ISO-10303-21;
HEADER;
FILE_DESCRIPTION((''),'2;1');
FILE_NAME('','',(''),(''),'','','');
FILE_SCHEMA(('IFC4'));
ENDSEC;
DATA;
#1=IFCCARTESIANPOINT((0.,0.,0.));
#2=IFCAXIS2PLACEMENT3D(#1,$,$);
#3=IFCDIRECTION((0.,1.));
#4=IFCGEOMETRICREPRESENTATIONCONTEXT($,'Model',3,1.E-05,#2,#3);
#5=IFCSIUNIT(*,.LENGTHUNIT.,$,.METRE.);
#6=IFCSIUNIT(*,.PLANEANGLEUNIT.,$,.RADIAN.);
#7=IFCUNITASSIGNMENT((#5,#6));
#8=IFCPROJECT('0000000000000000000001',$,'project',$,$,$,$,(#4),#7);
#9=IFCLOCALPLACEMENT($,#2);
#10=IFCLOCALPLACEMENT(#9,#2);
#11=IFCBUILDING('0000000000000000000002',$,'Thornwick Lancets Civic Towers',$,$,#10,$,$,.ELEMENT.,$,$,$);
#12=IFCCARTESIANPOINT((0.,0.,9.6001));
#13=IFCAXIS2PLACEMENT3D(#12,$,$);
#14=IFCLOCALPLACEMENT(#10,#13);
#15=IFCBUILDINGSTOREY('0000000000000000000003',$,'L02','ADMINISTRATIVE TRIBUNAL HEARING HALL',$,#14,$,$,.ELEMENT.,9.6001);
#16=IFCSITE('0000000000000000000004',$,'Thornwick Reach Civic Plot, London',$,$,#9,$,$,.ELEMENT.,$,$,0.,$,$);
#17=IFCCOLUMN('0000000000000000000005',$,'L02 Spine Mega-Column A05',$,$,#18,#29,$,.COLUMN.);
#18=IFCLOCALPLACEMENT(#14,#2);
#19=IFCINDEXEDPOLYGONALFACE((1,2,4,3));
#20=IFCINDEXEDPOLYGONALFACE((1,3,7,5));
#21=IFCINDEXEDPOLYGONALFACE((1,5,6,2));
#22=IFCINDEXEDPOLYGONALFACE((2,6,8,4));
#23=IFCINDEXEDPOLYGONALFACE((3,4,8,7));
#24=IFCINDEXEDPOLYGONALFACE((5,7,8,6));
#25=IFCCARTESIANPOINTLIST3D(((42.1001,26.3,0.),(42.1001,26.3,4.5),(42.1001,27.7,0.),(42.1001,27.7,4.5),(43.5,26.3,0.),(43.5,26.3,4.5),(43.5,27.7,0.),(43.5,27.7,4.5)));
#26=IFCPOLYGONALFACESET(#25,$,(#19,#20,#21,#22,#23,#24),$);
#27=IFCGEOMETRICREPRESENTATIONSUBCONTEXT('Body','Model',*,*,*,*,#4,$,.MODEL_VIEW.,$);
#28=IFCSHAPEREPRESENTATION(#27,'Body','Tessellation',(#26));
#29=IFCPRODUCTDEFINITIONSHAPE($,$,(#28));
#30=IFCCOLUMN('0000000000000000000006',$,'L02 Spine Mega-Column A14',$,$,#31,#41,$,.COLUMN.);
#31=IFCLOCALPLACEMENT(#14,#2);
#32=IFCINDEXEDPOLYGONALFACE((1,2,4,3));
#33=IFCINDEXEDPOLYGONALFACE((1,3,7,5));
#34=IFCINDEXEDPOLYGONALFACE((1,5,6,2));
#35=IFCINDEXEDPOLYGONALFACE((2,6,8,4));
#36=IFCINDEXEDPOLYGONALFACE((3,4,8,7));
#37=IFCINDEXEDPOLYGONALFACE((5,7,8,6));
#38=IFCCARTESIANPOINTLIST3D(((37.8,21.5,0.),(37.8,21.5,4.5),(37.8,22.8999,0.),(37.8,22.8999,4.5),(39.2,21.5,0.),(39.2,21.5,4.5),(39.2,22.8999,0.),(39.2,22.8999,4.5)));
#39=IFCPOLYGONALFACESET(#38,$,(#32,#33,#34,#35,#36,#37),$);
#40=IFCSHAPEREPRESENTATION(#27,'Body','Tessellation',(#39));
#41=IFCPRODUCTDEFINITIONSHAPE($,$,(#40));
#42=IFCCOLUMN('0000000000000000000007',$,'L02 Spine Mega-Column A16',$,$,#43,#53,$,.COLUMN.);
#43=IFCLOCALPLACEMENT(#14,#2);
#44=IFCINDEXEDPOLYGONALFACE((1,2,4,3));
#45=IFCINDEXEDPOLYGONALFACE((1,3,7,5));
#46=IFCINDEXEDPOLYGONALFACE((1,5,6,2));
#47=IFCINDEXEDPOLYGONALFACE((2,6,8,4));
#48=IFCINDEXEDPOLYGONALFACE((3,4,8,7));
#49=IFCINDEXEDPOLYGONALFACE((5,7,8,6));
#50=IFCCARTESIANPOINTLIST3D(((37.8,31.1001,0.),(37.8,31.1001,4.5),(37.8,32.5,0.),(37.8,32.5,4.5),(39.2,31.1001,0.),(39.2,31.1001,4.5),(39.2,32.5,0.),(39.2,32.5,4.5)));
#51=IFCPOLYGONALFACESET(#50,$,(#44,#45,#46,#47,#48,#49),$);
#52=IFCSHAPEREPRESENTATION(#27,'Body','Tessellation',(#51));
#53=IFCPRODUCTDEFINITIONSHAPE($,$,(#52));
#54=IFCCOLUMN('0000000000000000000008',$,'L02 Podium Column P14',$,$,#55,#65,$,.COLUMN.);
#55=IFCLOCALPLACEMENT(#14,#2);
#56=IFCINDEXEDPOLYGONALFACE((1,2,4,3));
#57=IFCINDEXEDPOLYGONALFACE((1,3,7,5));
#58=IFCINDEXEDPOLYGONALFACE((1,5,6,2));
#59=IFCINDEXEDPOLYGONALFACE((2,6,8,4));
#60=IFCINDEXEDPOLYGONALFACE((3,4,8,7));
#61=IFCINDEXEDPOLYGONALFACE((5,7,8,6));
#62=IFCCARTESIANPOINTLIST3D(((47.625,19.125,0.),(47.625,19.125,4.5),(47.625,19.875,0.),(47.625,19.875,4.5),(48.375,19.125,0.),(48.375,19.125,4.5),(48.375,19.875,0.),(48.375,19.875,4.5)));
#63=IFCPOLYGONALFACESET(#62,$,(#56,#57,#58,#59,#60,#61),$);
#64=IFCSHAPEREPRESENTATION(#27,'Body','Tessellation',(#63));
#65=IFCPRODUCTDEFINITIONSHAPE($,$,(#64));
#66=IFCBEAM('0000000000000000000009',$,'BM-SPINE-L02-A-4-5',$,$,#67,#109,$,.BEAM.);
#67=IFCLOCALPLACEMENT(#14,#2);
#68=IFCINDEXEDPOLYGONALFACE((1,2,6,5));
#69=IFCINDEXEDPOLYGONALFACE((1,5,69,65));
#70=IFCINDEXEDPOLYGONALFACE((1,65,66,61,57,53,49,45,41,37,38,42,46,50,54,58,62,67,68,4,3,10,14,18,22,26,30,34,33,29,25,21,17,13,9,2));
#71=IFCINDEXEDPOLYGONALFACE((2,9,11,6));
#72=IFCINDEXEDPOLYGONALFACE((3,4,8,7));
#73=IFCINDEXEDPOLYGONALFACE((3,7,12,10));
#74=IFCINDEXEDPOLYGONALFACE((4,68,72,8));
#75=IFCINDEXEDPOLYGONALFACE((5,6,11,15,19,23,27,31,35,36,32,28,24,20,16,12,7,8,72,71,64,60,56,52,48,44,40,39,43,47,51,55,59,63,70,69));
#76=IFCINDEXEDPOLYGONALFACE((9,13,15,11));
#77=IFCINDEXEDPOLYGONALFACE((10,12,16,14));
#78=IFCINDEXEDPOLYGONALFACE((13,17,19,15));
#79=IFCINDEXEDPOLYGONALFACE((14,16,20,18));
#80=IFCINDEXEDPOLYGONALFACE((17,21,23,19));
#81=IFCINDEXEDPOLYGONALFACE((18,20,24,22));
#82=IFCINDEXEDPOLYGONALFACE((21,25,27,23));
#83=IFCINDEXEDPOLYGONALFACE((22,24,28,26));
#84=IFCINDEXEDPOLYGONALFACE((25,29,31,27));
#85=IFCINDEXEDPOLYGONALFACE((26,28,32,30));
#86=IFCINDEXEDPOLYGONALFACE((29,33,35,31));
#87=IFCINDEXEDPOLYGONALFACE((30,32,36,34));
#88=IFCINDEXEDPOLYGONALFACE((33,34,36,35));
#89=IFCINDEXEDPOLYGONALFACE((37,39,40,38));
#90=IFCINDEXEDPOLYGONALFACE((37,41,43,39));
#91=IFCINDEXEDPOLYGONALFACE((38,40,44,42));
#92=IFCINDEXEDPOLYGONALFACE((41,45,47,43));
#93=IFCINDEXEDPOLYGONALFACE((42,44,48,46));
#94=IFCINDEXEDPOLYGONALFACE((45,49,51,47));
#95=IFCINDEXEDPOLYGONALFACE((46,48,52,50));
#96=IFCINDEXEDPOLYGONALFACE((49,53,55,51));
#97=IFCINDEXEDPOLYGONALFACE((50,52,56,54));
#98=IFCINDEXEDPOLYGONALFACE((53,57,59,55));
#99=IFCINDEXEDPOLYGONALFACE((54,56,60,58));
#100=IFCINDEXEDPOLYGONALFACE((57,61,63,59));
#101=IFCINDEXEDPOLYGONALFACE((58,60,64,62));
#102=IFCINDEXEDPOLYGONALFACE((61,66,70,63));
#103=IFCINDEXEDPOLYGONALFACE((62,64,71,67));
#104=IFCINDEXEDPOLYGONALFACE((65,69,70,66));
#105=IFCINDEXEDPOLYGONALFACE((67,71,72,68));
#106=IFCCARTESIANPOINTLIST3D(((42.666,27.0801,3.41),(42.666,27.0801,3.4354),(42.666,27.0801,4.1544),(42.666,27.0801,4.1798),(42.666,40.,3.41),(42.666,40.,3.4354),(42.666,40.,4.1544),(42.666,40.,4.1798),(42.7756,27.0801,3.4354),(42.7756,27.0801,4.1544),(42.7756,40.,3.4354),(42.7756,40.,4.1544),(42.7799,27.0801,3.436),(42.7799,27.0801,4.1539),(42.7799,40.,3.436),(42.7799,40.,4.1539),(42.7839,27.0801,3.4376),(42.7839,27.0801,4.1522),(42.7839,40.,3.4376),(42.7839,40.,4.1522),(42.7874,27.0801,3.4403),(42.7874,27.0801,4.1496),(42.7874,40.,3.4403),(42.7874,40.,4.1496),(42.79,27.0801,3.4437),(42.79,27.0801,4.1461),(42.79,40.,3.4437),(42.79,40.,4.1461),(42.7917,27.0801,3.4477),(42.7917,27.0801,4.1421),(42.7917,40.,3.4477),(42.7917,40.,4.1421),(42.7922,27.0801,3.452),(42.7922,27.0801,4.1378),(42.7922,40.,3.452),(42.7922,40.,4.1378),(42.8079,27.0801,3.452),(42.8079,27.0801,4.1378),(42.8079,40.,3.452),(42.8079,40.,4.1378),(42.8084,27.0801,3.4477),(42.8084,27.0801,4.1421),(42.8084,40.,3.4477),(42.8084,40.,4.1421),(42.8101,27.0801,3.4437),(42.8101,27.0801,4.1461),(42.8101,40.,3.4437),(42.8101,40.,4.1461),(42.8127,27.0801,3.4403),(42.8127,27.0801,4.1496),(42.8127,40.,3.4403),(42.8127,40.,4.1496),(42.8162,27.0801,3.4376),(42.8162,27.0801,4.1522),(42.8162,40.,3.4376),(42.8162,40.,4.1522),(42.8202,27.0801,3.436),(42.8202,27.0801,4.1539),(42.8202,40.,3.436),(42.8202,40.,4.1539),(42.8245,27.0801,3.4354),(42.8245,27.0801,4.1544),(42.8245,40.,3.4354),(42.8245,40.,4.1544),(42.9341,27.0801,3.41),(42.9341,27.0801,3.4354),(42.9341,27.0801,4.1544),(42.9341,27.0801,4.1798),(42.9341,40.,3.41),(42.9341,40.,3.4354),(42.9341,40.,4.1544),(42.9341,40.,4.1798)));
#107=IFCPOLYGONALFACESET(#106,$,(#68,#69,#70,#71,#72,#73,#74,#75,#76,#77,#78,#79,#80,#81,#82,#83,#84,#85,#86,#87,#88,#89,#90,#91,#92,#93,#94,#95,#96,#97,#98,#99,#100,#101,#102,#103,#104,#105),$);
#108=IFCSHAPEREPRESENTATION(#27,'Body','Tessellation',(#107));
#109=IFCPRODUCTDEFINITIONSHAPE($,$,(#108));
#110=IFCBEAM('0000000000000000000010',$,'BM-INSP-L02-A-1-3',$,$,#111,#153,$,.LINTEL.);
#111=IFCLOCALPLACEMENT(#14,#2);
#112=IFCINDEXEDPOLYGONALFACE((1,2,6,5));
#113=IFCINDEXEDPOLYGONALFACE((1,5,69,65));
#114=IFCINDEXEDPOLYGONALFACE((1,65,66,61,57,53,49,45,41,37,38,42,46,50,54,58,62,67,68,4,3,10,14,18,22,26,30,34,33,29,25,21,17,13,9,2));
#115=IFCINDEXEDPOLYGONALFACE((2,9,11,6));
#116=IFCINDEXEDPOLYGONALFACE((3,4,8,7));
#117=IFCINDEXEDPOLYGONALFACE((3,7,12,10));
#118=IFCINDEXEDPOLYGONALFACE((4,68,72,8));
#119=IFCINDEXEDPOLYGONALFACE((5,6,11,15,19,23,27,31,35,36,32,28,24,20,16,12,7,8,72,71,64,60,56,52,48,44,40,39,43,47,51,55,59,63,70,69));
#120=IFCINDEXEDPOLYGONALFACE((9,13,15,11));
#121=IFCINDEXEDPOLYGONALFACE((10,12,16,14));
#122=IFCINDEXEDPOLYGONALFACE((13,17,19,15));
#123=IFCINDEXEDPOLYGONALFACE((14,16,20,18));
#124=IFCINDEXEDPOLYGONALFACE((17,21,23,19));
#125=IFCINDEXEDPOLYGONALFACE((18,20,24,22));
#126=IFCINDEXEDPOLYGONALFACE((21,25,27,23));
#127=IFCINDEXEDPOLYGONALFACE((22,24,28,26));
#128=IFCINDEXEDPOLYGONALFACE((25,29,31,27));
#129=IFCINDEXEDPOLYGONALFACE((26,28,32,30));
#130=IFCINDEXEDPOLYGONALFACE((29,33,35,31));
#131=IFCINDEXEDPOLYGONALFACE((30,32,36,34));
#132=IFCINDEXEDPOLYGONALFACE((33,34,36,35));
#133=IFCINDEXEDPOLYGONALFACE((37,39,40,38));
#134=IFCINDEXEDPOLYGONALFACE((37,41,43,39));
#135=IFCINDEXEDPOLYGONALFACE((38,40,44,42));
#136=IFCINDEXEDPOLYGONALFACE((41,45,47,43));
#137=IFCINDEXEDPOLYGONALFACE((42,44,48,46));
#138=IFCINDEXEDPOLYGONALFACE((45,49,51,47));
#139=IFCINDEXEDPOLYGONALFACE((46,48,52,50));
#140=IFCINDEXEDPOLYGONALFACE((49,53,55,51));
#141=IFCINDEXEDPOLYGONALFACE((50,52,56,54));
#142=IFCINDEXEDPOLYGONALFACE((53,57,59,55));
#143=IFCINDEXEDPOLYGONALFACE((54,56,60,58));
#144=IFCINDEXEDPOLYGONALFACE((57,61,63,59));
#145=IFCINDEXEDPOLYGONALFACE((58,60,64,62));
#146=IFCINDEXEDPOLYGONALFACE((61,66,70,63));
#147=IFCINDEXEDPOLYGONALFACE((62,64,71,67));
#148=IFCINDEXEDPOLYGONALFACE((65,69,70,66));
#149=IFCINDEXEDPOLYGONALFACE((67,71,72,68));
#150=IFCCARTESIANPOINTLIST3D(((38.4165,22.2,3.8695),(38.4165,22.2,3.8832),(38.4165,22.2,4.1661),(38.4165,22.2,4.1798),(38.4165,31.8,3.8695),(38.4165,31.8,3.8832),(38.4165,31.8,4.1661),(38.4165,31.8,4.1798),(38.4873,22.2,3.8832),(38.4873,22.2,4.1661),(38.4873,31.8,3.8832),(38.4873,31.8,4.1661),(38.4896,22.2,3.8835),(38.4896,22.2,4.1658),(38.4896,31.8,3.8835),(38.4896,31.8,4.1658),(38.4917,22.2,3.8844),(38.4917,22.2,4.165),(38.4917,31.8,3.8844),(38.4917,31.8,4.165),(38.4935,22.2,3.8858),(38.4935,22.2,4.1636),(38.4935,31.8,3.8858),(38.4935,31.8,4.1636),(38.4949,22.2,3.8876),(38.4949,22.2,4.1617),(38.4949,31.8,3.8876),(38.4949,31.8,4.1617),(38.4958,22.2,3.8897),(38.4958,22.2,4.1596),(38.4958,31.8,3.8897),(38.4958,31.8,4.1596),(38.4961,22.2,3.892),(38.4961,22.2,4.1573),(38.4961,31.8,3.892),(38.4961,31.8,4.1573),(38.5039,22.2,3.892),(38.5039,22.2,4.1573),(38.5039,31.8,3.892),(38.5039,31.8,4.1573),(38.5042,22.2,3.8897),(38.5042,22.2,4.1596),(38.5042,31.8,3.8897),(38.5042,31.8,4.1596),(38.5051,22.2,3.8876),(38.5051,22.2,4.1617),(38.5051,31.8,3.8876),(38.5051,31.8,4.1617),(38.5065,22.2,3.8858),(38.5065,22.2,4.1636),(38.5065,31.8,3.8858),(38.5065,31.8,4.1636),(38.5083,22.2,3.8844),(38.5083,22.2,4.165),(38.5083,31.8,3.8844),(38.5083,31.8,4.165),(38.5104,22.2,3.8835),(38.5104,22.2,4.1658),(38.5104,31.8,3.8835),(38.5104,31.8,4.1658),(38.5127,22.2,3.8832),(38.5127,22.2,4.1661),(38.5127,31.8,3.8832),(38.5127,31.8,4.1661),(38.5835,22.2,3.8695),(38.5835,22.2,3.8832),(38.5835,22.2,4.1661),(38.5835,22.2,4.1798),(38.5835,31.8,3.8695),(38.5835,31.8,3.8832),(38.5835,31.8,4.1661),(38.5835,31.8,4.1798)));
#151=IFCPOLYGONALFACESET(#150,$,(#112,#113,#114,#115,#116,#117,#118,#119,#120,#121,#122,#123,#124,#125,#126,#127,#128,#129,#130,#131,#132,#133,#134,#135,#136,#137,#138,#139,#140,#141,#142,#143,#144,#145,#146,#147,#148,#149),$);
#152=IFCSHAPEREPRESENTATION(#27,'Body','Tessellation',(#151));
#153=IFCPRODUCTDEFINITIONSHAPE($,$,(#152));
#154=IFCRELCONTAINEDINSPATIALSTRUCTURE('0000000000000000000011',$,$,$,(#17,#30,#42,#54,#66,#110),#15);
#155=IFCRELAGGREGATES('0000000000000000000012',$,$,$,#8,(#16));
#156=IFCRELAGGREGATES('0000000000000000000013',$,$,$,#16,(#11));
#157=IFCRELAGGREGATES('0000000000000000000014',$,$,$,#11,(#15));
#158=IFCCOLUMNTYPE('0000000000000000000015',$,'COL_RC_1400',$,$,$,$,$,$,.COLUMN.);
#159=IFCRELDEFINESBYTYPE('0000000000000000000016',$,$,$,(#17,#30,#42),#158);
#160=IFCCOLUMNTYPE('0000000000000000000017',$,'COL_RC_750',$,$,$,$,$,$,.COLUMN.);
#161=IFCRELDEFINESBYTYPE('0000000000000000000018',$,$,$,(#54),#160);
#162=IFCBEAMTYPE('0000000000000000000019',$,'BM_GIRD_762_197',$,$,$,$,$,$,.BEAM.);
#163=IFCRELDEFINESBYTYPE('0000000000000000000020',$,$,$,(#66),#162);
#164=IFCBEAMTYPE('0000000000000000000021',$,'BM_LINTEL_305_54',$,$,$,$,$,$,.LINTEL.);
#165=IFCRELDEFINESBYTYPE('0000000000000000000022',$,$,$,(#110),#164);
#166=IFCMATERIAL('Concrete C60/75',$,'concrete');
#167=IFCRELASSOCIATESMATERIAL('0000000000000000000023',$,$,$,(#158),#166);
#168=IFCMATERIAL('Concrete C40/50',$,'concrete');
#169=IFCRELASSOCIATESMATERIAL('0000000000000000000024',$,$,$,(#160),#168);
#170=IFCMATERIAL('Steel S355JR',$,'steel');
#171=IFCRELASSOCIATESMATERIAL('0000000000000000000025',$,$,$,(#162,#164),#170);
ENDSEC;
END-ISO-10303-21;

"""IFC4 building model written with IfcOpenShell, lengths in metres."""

from ifc_helpers import new_model, si_unit, direction, frame, origin, origin_2d, place, context, subcontext, project, spatial, rectangle, i_section, extrude, material, material_profile, profile_set, type_object, element, save


model = new_model("IFC4")

# Units and contexts
model_context = context("Model", 3, precision=1e-05, world=origin(), true_north=direction((0.0, 1.0)))
body_context = subcontext(model_context, "Body", "Model", "MODEL_VIEW")
ifc_project = project(units=[si_unit("LENGTHUNIT", "METRE"), si_unit("PLANEANGLEUNIT", "RADIAN")], contexts=[model_context])

# Site, building, storey
site_placement = place(None, origin())
site = spatial("IfcSite", under=ifc_project, at=site_placement, Name="Thornwick Reach Civic Plot, London", CompositionType="ELEMENT", RefElevation=0.0)
building_placement = place(site_placement, origin())
building = spatial("IfcBuilding", under=site, at=building_placement, Name="Thornwick Lancets Civic Towers", CompositionType="ELEMENT")
storey_placement = place(building_placement, frame((0.0, 0.0, 9.6001)))
storey = spatial("IfcBuildingStorey", under=building, at=storey_placement, Name="L02", Description="ADMINISTRATIVE TRIBUNAL HEARING HALL", CompositionType="ELEMENT", Elevation=9.6001)

# Columns
ifc_material_1 = material(Name="Concrete C60/75", Category="concrete")
ifc_material_profile_1 = material_profile(ifc_material_1, rectangle(XDim=1.3999, YDim=1.3999, at=origin_2d()), Name="RC 1400x1400")
ifc_profile_set_1 = profile_set([ifc_material_profile_1], Name="Concrete C60/75")
column_type_1 = type_object("IfcColumnType", Name="COL_RC_1400", PredefinedType="COLUMN", material=ifc_profile_set_1)
for number, where, z_axis, x_axis, name in (
    (1, (42.8, 27.0, 0.0), (0.0, 0.0, 1.0), (1.0, 0.0, 0.0), "L02 Spine Mega-Column A05"),
    (2, (38.5, 22.2, 0.0), (0.0, 0.0, 1.0), (1.0, 0.0, 0.0), "L02 Spine Mega-Column A14"),
    (3, (38.5, 31.8, 0.0), (0.0, 0.0, 1.0), (1.0, 0.0, 0.0), "L02 Spine Mega-Column A16"),
):
    element("IfcColumn", number, at=place(storey_placement, frame(where, z_axis=z_axis, x_axis=x_axis)), inside=storey, type_object=column_type_1, Name=name, PredefinedType="COLUMN", context=body_context, shape_type="SweptSolid", body=[
        extrude(rectangle(XDim=1.3999, YDim=1.3999, at=origin_2d()), origin(), (0.0, 0.0, 1.0), 4.5),
    ])
ifc_material_2 = material(Name="Concrete C40/50", Category="concrete")
ifc_material_profile_2 = material_profile(ifc_material_2, rectangle(XDim=0.75, YDim=0.75, at=origin_2d()), Name="RC 750x750")
ifc_profile_set_2 = profile_set([ifc_material_profile_2], Name="Concrete C40/50")
column_type_2 = type_object("IfcColumnType", Name="COL_RC_750", PredefinedType="COLUMN", material=ifc_profile_set_2)
column_placement = place(storey_placement, frame((48.0, 19.5, 0.0), z_axis=(0.0, 0.0, 1.0), x_axis=(1.0, 0.0, 0.0)))
element("IfcColumn", 4, at=column_placement, inside=storey, type_object=column_type_2, Name="L02 Podium Column P14", PredefinedType="COLUMN", context=body_context, shape_type="SweptSolid", body=[
    extrude(rectangle(XDim=0.75, YDim=0.75, at=origin_2d()), origin(), (0.0, 0.0, 1.0), 4.5),
])

# Beams
ifc_material_3 = material(Name="Steel S355JR", Category="steel")
ifc_material_profile_3 = material_profile(ifc_material_3, i_section(OverallWidth=0.2681, OverallDepth=0.7698, WebThickness=0.0156, FlangeThickness=0.0254, FilletRadius=0.0166, at=origin_2d()), Name="UKB 762x267x197")
ifc_profile_set_3 = profile_set([ifc_material_profile_3], Name="Steel S355JR")
beam_type_1 = type_object("IfcBeamType", Name="BM_GIRD_762_197", PredefinedType="BEAM", material=ifc_profile_set_3)
beam_1_placement = place(storey_placement, frame((42.8, 27.0801, 3.7949), z_axis=(0.0, 1.0, 0.0), x_axis=(-1.0, 0.0, 0.0)))
element("IfcBeam", 5, at=beam_1_placement, inside=storey, type_object=beam_type_1, Name="BM-SPINE-L02-A-4-5", PredefinedType="BEAM", context=body_context, shape_type="SweptSolid", body=[
    extrude(i_section(OverallWidth=0.2681, OverallDepth=0.7698, WebThickness=0.0156, FlangeThickness=0.0254, FilletRadius=0.0166, at=origin_2d()), origin(), (0.0, 0.0, 1.0), 12.9199),
])
ifc_material_profile_4 = material_profile(ifc_material_3, i_section(OverallWidth=0.167, OverallDepth=0.3103, WebThickness=0.0078, FlangeThickness=0.0137, FilletRadius=0.0088, at=origin_2d()), Name="UKB 305x165x54")
ifc_profile_set_4 = profile_set([ifc_material_profile_4], Name="Steel S355JR")
beam_type_2 = type_object("IfcBeamType", Name="BM_LINTEL_305_54", PredefinedType="LINTEL", material=ifc_profile_set_4)
beam_2_placement = place(storey_placement, frame((38.5, 22.2, 4.0247), z_axis=(0.0, 1.0, 0.0), x_axis=(-1.0, 0.0, 0.0)))
element("IfcBeam", 6, at=beam_2_placement, inside=storey, type_object=beam_type_2, Name="BM-INSP-L02-A-1-3", PredefinedType="LINTEL", context=body_context, shape_type="SweptSolid", body=[
    extrude(i_section(OverallWidth=0.167, OverallDepth=0.3103, WebThickness=0.0078, FlangeThickness=0.0137, FilletRadius=0.0088, at=origin_2d()), origin(), (0.0, 0.0, 1.0), 9.6001),
])

save(model, "model.ifc")
